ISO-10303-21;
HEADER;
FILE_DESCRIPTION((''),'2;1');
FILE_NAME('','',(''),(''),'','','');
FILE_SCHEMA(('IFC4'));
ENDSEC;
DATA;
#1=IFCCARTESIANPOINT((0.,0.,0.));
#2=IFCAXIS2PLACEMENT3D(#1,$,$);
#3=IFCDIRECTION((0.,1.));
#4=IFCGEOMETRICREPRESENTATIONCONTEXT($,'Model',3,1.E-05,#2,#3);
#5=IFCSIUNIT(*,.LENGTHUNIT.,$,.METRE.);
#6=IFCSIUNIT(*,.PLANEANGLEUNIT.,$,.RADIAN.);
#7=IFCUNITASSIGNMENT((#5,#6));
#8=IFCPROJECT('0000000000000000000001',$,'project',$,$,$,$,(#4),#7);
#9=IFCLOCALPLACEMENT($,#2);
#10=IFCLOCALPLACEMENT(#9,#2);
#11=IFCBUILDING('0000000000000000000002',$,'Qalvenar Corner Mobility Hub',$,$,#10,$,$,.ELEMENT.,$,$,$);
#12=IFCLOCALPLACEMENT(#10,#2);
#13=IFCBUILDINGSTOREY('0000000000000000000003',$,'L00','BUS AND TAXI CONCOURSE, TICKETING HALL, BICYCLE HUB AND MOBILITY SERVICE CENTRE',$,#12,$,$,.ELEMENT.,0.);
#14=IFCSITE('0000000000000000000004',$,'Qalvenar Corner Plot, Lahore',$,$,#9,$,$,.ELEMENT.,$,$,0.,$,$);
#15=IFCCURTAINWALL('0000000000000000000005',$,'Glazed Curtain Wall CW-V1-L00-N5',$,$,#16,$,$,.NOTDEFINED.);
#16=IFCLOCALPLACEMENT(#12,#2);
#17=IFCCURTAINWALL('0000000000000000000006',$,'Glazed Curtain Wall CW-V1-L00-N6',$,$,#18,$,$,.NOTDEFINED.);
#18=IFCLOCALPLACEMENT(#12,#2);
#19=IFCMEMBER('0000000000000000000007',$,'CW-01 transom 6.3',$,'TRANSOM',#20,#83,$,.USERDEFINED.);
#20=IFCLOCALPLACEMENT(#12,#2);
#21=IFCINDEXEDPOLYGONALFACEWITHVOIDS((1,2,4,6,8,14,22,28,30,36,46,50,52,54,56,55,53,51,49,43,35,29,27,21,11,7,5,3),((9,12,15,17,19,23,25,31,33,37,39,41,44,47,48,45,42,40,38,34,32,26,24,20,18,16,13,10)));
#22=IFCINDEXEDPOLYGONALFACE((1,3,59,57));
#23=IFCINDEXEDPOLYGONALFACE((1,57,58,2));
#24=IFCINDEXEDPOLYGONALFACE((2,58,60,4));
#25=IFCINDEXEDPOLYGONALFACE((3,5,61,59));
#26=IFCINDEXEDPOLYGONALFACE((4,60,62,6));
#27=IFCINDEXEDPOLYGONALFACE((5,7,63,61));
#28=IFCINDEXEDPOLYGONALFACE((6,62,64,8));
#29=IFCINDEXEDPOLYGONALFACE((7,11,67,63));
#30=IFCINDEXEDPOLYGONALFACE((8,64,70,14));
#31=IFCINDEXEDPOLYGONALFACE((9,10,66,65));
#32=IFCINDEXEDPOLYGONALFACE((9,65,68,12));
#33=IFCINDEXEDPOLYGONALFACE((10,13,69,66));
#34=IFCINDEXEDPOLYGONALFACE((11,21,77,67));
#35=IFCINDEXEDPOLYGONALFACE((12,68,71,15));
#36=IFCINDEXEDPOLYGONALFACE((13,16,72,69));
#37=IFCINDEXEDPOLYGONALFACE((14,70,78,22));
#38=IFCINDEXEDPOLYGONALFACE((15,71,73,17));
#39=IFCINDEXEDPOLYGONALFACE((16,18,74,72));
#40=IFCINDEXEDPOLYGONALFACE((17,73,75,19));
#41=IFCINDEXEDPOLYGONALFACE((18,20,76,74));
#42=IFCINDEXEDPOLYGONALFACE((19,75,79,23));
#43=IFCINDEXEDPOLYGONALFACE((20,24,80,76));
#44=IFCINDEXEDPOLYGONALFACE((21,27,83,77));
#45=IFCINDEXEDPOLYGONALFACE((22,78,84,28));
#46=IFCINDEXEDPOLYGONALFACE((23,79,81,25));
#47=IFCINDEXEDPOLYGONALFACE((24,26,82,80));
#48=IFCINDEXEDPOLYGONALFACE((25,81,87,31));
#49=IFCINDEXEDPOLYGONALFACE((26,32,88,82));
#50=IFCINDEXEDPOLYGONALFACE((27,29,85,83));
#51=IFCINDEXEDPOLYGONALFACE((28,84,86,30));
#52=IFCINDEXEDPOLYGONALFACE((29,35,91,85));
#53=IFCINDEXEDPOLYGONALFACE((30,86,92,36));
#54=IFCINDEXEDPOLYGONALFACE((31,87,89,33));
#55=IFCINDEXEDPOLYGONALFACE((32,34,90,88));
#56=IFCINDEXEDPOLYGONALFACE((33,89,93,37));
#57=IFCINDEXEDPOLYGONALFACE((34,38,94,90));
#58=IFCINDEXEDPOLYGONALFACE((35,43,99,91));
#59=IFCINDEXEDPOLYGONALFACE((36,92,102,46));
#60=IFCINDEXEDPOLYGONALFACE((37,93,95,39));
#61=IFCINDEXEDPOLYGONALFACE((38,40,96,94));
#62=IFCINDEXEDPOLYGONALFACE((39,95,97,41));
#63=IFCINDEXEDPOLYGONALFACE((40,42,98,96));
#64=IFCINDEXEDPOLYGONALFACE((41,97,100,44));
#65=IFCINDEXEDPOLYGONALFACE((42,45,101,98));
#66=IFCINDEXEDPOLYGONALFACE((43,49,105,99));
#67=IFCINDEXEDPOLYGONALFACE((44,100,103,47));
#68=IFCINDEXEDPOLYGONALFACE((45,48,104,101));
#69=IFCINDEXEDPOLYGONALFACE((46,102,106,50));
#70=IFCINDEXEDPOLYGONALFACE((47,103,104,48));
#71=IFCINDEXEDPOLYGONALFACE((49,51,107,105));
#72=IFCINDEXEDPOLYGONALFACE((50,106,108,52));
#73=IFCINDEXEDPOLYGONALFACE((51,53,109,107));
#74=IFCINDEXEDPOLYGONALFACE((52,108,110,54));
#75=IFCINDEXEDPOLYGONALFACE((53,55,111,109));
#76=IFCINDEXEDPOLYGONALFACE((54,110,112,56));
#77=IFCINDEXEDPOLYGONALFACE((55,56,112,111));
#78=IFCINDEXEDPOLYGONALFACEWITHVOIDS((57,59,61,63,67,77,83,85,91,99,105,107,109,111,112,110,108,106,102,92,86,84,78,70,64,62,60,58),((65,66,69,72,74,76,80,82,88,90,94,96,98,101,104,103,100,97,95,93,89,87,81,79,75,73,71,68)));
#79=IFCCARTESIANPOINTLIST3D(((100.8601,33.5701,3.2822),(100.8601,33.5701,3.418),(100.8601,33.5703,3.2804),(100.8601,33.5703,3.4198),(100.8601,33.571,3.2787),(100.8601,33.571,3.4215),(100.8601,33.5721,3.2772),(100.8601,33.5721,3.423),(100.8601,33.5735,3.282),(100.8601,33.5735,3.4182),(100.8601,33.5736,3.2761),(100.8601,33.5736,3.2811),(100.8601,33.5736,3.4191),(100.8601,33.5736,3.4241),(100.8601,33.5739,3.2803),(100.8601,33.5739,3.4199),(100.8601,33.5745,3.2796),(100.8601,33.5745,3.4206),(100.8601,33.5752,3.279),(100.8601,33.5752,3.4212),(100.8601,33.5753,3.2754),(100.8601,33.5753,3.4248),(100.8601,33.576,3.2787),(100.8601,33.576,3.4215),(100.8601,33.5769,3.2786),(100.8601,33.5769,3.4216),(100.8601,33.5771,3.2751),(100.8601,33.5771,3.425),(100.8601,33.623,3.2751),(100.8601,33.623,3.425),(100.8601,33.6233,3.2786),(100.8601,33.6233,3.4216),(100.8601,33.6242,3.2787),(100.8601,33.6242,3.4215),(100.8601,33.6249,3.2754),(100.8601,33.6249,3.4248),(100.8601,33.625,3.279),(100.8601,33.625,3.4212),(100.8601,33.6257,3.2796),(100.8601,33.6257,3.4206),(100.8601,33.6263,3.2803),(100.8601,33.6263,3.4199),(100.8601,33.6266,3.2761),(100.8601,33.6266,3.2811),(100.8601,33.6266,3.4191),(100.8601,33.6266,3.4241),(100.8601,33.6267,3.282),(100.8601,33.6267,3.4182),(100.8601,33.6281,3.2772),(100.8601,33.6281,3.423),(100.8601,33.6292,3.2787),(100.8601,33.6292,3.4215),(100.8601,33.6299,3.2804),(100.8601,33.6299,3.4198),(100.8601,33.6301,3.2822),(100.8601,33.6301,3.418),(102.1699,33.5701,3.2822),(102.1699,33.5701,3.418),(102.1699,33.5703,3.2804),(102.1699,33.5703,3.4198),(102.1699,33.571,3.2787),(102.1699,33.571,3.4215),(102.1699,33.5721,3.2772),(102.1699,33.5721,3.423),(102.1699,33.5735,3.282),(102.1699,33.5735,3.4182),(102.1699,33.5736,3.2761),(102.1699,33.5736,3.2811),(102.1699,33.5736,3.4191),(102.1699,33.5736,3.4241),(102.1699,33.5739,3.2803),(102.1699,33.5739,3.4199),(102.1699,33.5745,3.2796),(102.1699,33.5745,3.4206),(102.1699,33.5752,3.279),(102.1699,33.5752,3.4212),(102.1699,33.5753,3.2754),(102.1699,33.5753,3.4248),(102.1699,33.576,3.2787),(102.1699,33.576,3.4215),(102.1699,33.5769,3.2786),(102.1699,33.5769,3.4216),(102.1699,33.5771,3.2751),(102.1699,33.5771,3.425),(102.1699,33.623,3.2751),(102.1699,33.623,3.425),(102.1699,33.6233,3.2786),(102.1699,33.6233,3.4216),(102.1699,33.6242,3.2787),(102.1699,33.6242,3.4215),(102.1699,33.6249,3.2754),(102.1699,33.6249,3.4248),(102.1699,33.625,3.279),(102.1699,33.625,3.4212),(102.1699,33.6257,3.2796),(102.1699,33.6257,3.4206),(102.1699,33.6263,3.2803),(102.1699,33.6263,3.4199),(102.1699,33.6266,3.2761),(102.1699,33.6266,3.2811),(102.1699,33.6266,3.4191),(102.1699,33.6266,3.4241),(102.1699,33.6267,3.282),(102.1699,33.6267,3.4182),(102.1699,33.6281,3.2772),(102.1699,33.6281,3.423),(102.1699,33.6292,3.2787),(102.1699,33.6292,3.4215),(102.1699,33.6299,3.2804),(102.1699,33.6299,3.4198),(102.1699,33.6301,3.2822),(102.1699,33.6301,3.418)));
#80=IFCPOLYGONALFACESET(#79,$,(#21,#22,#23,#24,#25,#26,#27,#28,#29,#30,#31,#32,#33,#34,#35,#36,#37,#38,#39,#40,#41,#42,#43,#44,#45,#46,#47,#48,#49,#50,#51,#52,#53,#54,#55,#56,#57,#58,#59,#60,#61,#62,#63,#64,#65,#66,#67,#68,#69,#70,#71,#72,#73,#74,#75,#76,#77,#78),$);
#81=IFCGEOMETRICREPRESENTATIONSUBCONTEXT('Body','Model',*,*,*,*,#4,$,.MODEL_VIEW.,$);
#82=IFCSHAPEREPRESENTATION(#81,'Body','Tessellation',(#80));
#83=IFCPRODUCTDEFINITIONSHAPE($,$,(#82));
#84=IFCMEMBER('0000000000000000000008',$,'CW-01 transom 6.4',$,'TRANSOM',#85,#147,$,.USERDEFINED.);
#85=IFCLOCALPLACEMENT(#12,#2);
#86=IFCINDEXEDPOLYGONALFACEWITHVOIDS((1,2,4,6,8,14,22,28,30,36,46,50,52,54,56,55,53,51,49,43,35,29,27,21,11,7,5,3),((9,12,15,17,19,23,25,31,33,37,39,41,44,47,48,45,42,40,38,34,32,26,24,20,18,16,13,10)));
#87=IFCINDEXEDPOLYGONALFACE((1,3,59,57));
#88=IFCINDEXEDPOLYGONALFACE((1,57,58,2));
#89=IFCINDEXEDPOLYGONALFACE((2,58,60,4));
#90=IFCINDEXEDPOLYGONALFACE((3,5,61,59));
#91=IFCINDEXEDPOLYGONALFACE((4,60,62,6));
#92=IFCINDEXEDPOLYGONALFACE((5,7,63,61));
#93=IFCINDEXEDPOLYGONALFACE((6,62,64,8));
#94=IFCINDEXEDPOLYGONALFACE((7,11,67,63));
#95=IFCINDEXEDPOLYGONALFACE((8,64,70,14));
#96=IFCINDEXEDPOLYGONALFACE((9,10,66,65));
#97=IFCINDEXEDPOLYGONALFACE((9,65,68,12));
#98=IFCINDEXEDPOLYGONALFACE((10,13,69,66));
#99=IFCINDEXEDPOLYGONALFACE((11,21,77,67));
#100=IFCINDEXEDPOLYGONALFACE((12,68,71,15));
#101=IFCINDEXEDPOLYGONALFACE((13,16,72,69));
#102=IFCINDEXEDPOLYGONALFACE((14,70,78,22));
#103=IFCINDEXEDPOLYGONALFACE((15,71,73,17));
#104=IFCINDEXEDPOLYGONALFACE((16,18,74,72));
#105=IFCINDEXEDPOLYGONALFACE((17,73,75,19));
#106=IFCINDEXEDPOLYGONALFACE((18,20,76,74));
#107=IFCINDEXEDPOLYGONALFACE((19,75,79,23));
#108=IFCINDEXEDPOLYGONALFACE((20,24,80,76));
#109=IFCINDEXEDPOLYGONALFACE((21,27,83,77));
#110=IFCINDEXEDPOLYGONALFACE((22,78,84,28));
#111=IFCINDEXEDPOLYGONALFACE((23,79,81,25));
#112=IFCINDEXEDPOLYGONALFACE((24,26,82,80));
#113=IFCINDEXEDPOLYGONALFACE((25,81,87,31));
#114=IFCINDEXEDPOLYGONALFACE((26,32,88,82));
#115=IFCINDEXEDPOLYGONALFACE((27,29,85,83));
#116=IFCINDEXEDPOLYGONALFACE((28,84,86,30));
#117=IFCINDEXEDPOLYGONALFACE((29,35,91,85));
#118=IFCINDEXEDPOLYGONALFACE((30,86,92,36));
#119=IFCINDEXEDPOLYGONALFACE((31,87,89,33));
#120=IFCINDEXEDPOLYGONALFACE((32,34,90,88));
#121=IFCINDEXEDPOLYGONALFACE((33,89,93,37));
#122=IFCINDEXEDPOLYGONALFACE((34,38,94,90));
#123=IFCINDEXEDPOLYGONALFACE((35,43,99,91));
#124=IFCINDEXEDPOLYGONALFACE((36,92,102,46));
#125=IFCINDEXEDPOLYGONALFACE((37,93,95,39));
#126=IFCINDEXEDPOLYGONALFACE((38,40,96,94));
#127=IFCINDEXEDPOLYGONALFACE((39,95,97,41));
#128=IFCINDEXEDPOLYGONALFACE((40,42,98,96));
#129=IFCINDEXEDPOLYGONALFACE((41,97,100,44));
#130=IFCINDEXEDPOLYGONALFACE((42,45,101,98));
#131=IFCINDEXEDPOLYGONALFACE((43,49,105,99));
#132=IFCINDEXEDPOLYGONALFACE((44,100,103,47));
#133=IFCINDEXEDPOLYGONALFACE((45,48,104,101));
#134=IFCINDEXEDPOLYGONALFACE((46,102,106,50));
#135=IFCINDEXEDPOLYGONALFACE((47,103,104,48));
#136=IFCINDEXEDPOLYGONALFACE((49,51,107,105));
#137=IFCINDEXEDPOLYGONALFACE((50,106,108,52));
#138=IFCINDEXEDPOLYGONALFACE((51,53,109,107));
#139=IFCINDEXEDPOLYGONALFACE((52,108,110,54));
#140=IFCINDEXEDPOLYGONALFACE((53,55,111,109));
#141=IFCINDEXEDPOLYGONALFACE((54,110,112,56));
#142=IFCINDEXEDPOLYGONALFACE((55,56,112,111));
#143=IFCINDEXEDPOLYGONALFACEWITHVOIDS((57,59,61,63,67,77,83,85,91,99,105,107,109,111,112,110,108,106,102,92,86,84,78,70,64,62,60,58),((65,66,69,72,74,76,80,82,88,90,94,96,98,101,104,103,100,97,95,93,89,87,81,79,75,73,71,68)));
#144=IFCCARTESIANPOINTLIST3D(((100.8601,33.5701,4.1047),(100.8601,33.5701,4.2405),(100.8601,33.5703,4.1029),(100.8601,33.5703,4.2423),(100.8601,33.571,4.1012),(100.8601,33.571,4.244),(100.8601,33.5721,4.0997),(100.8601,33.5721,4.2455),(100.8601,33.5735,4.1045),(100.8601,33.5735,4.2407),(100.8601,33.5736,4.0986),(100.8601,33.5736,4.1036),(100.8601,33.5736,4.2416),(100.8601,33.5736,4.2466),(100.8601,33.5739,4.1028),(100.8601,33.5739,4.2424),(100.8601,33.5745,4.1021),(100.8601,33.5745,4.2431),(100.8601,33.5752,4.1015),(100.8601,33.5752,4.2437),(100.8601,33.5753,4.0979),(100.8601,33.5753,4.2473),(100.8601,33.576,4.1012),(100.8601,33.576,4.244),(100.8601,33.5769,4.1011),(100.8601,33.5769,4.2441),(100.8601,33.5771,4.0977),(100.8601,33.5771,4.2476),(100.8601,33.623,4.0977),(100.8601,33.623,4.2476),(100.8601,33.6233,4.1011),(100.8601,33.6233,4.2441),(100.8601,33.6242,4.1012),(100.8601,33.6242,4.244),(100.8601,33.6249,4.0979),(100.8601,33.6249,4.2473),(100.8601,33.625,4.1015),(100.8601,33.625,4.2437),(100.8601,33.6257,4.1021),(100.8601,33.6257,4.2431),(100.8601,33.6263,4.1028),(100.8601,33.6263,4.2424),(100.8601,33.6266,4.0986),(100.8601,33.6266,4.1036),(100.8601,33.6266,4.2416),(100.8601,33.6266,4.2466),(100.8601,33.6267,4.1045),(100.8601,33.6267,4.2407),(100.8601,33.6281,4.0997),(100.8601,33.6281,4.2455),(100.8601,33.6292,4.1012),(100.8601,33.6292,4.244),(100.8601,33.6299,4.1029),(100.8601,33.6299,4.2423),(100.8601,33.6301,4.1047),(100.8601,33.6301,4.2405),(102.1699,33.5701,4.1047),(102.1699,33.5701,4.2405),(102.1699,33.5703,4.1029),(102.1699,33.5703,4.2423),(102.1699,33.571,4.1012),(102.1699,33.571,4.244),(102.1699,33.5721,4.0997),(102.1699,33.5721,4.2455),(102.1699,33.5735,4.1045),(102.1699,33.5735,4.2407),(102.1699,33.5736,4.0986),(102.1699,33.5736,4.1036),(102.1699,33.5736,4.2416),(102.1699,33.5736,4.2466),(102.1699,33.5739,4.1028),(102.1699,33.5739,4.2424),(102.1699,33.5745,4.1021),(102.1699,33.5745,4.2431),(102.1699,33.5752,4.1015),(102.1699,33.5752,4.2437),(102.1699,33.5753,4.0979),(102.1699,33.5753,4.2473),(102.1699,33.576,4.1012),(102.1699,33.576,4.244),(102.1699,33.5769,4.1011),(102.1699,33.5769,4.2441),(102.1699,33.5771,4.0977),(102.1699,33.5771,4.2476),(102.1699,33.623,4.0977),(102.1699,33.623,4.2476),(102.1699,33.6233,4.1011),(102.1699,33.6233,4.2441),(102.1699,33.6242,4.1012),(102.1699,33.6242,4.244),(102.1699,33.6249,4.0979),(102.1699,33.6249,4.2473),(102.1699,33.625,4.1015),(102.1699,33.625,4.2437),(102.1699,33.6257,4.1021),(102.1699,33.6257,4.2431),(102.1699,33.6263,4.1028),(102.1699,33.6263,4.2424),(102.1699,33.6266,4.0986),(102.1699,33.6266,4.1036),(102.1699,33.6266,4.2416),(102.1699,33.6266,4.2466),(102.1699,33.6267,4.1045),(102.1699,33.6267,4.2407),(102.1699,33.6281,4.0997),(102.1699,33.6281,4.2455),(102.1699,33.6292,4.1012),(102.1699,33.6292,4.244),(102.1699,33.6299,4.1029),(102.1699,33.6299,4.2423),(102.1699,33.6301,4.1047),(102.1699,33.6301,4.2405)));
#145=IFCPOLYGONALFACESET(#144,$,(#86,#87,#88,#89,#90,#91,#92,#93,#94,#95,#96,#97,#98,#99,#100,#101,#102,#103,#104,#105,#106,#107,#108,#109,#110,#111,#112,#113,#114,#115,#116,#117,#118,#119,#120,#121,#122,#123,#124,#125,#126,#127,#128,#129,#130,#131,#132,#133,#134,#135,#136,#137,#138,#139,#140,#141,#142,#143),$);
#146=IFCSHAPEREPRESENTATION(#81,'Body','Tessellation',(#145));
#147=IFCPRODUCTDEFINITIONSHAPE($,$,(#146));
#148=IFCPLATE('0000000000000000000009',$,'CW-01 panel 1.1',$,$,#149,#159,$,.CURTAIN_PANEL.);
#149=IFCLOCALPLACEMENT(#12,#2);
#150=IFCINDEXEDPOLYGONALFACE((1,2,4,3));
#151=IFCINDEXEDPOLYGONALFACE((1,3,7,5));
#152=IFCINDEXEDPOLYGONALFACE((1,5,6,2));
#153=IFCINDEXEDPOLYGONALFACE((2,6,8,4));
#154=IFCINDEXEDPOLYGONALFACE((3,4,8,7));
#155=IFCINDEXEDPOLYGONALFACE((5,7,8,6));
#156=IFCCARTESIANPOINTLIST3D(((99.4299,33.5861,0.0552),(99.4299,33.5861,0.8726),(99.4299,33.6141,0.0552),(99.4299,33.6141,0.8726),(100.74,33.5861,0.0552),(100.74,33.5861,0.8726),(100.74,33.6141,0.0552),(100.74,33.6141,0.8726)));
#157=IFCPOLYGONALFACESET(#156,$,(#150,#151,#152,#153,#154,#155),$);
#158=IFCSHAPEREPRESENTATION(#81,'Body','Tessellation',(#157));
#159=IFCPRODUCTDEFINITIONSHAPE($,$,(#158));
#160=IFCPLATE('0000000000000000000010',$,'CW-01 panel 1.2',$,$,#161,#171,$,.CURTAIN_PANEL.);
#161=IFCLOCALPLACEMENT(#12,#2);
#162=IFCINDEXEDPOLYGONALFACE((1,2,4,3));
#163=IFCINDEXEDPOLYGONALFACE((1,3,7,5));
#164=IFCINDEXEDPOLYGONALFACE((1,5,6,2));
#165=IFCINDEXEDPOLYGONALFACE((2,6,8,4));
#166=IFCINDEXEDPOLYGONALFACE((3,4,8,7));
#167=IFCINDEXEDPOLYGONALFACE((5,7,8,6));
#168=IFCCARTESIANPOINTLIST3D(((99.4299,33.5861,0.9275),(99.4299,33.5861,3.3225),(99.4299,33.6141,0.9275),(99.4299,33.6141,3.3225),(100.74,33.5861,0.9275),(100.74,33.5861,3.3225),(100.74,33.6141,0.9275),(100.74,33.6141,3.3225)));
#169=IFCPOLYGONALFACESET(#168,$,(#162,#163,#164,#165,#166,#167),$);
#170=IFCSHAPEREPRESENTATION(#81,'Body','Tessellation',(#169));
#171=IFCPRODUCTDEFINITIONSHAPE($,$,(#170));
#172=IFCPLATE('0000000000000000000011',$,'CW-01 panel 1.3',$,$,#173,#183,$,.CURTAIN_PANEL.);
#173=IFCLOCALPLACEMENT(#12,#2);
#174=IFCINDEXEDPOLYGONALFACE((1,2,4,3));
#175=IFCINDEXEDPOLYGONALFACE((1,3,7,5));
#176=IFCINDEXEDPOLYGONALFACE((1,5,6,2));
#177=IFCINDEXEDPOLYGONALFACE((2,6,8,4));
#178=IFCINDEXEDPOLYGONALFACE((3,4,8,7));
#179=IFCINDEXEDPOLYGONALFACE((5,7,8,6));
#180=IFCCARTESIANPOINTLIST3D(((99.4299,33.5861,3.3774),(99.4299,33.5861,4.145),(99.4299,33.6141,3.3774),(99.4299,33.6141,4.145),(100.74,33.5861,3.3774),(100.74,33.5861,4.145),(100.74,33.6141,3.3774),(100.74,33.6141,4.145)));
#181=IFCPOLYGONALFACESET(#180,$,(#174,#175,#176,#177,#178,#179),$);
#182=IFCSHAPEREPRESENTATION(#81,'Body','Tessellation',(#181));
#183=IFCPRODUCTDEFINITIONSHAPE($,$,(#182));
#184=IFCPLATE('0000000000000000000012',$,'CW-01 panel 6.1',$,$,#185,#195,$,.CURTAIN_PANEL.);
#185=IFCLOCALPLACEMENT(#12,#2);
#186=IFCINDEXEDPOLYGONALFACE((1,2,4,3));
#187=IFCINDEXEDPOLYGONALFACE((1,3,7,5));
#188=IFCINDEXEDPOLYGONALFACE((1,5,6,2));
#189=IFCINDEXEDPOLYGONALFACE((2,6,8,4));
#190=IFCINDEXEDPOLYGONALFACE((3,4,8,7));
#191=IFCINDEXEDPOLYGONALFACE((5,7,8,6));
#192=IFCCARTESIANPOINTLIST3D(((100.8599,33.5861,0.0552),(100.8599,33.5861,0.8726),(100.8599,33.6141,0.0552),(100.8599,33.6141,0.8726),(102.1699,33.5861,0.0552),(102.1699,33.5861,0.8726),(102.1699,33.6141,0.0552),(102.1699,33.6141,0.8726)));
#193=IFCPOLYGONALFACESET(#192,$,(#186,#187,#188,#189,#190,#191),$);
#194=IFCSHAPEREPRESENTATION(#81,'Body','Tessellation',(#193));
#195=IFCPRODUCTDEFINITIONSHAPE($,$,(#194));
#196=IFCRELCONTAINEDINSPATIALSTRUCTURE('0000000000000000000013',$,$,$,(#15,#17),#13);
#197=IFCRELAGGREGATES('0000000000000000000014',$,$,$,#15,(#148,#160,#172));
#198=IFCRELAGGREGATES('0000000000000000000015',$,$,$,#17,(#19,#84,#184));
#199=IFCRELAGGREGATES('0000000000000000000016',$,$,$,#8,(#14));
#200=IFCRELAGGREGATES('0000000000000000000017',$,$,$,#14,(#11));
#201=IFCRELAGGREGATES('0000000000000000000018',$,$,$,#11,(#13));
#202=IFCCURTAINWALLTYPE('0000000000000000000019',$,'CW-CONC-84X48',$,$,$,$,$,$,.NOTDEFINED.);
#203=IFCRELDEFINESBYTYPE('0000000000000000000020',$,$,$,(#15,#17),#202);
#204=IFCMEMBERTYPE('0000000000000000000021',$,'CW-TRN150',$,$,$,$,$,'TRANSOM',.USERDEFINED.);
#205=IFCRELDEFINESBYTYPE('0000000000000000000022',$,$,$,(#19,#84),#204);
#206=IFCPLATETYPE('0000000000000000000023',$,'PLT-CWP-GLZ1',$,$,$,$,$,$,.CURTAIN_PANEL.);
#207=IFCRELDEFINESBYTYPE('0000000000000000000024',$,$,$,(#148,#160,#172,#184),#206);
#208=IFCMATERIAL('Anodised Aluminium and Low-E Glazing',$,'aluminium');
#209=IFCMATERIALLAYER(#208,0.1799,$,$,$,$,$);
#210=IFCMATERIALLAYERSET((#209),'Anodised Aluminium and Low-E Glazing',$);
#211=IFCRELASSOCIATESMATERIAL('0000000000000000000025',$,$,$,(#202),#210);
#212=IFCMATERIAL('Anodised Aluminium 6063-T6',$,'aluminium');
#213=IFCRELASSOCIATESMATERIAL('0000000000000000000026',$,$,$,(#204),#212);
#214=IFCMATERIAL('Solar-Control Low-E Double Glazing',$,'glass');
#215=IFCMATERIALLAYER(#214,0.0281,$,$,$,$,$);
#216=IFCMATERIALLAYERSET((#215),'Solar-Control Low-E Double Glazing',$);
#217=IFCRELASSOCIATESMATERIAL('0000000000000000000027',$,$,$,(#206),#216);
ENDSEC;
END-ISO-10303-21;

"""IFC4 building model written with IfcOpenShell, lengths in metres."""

from ifc_helpers import new_model, si_unit, direction, frame, origin, origin_2d, place, context, subcontext, project, spatial, rectangle, hollow_rectangle, extrude, material, layer, layer_set, material_profile, profile_set, type_object, element, aggregate, save


model = new_model("IFC4")

# Units and contexts
model_context = context("Model", 3, precision=1e-05, world=origin(), true_north=direction((0.0, 1.0)))
body_context = subcontext(model_context, "Body", "Model", "MODEL_VIEW")
ifc_project = project(units=[si_unit("LENGTHUNIT", "METRE"), si_unit("PLANEANGLEUNIT", "RADIAN")], contexts=[model_context])

# Site, building, storey
site_placement = place(None, origin())
site = spatial("IfcSite", under=ifc_project, at=site_placement, Name="Qalvenar Corner Plot, Lahore", CompositionType="ELEMENT", RefElevation=0.0)
building_placement = place(site_placement, origin())
building = spatial("IfcBuilding", under=site, at=building_placement, Name="Qalvenar Corner Mobility Hub", CompositionType="ELEMENT")
storey_placement = place(building_placement, origin())
storey = spatial("IfcBuildingStorey", under=building, at=storey_placement, Name="L00", Description="BUS AND TAXI CONCOURSE, TICKETING HALL, BICYCLE HUB AND MOBILITY SERVICE CENTRE", CompositionType="ELEMENT", Elevation=0.0)

# Curtain walls
ifc_material_1 = material(Name="Anodised Aluminium and Low-E Glazing", Category="aluminium")
ifc_material_2 = material(Name="Anodised Aluminium 6063-T6", Category="aluminium")
ifc_layer_1 = layer(ifc_material_1, 0.1799)
ifc_layer_set_1 = layer_set([ifc_layer_1], Name="Anodised Aluminium and Low-E Glazing")
curtain_wall_type_1 = type_object("IfcCurtainWallType", Name="CW-CONC-84X48", PredefinedType="NOTDEFINED", material=ifc_layer_set_1)
curtain_wall_1_placement = place(storey_placement, origin())
curtain_wall_1 = element("IfcCurtainWall", 1, at=curtain_wall_1_placement, inside=storey, type_object=curtain_wall_type_1, Name="Glazed Curtain Wall CW-V1-L00-N5", PredefinedType="NOTDEFINED")
curtain_wall_2_placement = place(storey_placement, origin())
curtain_wall_2 = element("IfcCurtainWall", 2, at=curtain_wall_2_placement, inside=storey, type_object=curtain_wall_type_1, Name="Glazed Curtain Wall CW-V1-L00-N6", PredefinedType="NOTDEFINED")

# Members
ifc_material_profile_1 = material_profile(ifc_material_2, hollow_rectangle(XDim=0.0601, YDim=0.1499, WallThickness=0.0034, InnerFilletRadius=0.0034, OuterFilletRadius=0.0071, at=origin_2d()), Name="RHS150x60x3.5")
ifc_profile_set_1 = profile_set([ifc_material_profile_1], Name="Anodised Aluminium 6063-T6")
member_type_1 = type_object("IfcMemberType", Name="CW-TRN150", ElementType="TRANSOM", PredefinedType="USERDEFINED", material=ifc_profile_set_1)
member_1_placement = place(storey_placement, frame((102.1699, 33.6001, 3.3501), z_axis=(-1.0, 0.0, 0.0), x_axis=(0.0, -1.0, 0.0)))
member_1 = element("IfcMember", 3, at=member_1_placement, type_object=member_type_1, Name="CW-01 transom 6.3", ObjectType="TRANSOM", PredefinedType="USERDEFINED", context=body_context, shape_type="SweptSolid", body=[
    extrude(hollow_rectangle(XDim=0.0601, YDim=0.1499, WallThickness=0.0034, InnerFilletRadius=0.0034, OuterFilletRadius=0.0071, at=origin_2d()), origin(), (0.0, 0.0, 1.0), 1.3098),
])
member_2_placement = place(storey_placement, frame((102.1699, 33.6001, 4.1726), z_axis=(-1.0, 0.0, 0.0), x_axis=(0.0, -1.0, 0.0)))
member_2 = element("IfcMember", 4, at=member_2_placement, type_object=member_type_1, Name="CW-01 transom 6.4", ObjectType="TRANSOM", PredefinedType="USERDEFINED", context=body_context, shape_type="SweptSolid", body=[
    extrude(hollow_rectangle(XDim=0.0601, YDim=0.1499, WallThickness=0.0034, InnerFilletRadius=0.0034, OuterFilletRadius=0.0071, at=origin_2d()), origin(), (0.0, 0.0, 1.0), 1.3098),
])

# Plates
ifc_material_3 = material(Name="Solar-Control Low-E Double Glazing", Category="glass")
ifc_layer_2 = layer(ifc_material_3, 0.0281)
ifc_layer_set_2 = layer_set([ifc_layer_2], Name="Solar-Control Low-E Double Glazing")
plate_type = type_object("IfcPlateType", Name="PLT-CWP-GLZ1", PredefinedType="CURTAIN_PANEL", material=ifc_layer_set_2)
plate_1_placement = place(storey_placement, frame((100.085, 33.6001, 0.0552), z_axis=(0.0, 0.0, 1.0), x_axis=(-1.0, 0.0, 0.0)))
plate_1 = element("IfcPlate", 5, at=plate_1_placement, type_object=plate_type, Name="CW-01 panel 1.1", PredefinedType="CURTAIN_PANEL", context=body_context, shape_type="SweptSolid", body=[
    extrude(rectangle(XDim=1.3101, YDim=0.0281, at=origin_2d()), origin(), (0.0, 0.0, 1.0), 0.8174),
])
plate_2_placement = place(storey_placement, frame((100.085, 33.6001, 0.9275), z_axis=(0.0, 0.0, 1.0), x_axis=(-1.0, 0.0, 0.0)))
plate_2 = element("IfcPlate", 6, at=plate_2_placement, type_object=plate_type, Name="CW-01 panel 1.2", PredefinedType="CURTAIN_PANEL", context=body_context, shape_type="SweptSolid", body=[
    extrude(rectangle(XDim=1.3101, YDim=0.0281, at=origin_2d()), origin(), (0.0, 0.0, 1.0), 2.395),
])
plate_3_placement = place(storey_placement, frame((100.085, 33.6001, 3.3774), z_axis=(0.0, 0.0, 1.0), x_axis=(-1.0, 0.0, 0.0)))
plate_3 = element("IfcPlate", 7, at=plate_3_placement, type_object=plate_type, Name="CW-01 panel 1.3", PredefinedType="CURTAIN_PANEL", context=body_context, shape_type="SweptSolid", body=[
    extrude(rectangle(XDim=1.3101, YDim=0.0281, at=origin_2d()), origin(), (0.0, 0.0, 1.0), 0.7676),
])
aggregate(curtain_wall_1, [plate_1, plate_2, plate_3])
plate_4_placement = place(storey_placement, frame((101.5149, 33.6001, 0.0552), z_axis=(0.0, 0.0, 1.0), x_axis=(-1.0, 0.0, 0.0)))
plate_4 = element("IfcPlate", 8, at=plate_4_placement, type_object=plate_type, Name="CW-01 panel 6.1", PredefinedType="CURTAIN_PANEL", context=body_context, shape_type="SweptSolid", body=[
    extrude(rectangle(XDim=1.3101, YDim=0.0281, at=origin_2d()), origin(), (0.0, 0.0, 1.0), 0.8174),
])
aggregate(curtain_wall_2, [member_1, member_2, plate_4])

save(model, "model.ifc")
